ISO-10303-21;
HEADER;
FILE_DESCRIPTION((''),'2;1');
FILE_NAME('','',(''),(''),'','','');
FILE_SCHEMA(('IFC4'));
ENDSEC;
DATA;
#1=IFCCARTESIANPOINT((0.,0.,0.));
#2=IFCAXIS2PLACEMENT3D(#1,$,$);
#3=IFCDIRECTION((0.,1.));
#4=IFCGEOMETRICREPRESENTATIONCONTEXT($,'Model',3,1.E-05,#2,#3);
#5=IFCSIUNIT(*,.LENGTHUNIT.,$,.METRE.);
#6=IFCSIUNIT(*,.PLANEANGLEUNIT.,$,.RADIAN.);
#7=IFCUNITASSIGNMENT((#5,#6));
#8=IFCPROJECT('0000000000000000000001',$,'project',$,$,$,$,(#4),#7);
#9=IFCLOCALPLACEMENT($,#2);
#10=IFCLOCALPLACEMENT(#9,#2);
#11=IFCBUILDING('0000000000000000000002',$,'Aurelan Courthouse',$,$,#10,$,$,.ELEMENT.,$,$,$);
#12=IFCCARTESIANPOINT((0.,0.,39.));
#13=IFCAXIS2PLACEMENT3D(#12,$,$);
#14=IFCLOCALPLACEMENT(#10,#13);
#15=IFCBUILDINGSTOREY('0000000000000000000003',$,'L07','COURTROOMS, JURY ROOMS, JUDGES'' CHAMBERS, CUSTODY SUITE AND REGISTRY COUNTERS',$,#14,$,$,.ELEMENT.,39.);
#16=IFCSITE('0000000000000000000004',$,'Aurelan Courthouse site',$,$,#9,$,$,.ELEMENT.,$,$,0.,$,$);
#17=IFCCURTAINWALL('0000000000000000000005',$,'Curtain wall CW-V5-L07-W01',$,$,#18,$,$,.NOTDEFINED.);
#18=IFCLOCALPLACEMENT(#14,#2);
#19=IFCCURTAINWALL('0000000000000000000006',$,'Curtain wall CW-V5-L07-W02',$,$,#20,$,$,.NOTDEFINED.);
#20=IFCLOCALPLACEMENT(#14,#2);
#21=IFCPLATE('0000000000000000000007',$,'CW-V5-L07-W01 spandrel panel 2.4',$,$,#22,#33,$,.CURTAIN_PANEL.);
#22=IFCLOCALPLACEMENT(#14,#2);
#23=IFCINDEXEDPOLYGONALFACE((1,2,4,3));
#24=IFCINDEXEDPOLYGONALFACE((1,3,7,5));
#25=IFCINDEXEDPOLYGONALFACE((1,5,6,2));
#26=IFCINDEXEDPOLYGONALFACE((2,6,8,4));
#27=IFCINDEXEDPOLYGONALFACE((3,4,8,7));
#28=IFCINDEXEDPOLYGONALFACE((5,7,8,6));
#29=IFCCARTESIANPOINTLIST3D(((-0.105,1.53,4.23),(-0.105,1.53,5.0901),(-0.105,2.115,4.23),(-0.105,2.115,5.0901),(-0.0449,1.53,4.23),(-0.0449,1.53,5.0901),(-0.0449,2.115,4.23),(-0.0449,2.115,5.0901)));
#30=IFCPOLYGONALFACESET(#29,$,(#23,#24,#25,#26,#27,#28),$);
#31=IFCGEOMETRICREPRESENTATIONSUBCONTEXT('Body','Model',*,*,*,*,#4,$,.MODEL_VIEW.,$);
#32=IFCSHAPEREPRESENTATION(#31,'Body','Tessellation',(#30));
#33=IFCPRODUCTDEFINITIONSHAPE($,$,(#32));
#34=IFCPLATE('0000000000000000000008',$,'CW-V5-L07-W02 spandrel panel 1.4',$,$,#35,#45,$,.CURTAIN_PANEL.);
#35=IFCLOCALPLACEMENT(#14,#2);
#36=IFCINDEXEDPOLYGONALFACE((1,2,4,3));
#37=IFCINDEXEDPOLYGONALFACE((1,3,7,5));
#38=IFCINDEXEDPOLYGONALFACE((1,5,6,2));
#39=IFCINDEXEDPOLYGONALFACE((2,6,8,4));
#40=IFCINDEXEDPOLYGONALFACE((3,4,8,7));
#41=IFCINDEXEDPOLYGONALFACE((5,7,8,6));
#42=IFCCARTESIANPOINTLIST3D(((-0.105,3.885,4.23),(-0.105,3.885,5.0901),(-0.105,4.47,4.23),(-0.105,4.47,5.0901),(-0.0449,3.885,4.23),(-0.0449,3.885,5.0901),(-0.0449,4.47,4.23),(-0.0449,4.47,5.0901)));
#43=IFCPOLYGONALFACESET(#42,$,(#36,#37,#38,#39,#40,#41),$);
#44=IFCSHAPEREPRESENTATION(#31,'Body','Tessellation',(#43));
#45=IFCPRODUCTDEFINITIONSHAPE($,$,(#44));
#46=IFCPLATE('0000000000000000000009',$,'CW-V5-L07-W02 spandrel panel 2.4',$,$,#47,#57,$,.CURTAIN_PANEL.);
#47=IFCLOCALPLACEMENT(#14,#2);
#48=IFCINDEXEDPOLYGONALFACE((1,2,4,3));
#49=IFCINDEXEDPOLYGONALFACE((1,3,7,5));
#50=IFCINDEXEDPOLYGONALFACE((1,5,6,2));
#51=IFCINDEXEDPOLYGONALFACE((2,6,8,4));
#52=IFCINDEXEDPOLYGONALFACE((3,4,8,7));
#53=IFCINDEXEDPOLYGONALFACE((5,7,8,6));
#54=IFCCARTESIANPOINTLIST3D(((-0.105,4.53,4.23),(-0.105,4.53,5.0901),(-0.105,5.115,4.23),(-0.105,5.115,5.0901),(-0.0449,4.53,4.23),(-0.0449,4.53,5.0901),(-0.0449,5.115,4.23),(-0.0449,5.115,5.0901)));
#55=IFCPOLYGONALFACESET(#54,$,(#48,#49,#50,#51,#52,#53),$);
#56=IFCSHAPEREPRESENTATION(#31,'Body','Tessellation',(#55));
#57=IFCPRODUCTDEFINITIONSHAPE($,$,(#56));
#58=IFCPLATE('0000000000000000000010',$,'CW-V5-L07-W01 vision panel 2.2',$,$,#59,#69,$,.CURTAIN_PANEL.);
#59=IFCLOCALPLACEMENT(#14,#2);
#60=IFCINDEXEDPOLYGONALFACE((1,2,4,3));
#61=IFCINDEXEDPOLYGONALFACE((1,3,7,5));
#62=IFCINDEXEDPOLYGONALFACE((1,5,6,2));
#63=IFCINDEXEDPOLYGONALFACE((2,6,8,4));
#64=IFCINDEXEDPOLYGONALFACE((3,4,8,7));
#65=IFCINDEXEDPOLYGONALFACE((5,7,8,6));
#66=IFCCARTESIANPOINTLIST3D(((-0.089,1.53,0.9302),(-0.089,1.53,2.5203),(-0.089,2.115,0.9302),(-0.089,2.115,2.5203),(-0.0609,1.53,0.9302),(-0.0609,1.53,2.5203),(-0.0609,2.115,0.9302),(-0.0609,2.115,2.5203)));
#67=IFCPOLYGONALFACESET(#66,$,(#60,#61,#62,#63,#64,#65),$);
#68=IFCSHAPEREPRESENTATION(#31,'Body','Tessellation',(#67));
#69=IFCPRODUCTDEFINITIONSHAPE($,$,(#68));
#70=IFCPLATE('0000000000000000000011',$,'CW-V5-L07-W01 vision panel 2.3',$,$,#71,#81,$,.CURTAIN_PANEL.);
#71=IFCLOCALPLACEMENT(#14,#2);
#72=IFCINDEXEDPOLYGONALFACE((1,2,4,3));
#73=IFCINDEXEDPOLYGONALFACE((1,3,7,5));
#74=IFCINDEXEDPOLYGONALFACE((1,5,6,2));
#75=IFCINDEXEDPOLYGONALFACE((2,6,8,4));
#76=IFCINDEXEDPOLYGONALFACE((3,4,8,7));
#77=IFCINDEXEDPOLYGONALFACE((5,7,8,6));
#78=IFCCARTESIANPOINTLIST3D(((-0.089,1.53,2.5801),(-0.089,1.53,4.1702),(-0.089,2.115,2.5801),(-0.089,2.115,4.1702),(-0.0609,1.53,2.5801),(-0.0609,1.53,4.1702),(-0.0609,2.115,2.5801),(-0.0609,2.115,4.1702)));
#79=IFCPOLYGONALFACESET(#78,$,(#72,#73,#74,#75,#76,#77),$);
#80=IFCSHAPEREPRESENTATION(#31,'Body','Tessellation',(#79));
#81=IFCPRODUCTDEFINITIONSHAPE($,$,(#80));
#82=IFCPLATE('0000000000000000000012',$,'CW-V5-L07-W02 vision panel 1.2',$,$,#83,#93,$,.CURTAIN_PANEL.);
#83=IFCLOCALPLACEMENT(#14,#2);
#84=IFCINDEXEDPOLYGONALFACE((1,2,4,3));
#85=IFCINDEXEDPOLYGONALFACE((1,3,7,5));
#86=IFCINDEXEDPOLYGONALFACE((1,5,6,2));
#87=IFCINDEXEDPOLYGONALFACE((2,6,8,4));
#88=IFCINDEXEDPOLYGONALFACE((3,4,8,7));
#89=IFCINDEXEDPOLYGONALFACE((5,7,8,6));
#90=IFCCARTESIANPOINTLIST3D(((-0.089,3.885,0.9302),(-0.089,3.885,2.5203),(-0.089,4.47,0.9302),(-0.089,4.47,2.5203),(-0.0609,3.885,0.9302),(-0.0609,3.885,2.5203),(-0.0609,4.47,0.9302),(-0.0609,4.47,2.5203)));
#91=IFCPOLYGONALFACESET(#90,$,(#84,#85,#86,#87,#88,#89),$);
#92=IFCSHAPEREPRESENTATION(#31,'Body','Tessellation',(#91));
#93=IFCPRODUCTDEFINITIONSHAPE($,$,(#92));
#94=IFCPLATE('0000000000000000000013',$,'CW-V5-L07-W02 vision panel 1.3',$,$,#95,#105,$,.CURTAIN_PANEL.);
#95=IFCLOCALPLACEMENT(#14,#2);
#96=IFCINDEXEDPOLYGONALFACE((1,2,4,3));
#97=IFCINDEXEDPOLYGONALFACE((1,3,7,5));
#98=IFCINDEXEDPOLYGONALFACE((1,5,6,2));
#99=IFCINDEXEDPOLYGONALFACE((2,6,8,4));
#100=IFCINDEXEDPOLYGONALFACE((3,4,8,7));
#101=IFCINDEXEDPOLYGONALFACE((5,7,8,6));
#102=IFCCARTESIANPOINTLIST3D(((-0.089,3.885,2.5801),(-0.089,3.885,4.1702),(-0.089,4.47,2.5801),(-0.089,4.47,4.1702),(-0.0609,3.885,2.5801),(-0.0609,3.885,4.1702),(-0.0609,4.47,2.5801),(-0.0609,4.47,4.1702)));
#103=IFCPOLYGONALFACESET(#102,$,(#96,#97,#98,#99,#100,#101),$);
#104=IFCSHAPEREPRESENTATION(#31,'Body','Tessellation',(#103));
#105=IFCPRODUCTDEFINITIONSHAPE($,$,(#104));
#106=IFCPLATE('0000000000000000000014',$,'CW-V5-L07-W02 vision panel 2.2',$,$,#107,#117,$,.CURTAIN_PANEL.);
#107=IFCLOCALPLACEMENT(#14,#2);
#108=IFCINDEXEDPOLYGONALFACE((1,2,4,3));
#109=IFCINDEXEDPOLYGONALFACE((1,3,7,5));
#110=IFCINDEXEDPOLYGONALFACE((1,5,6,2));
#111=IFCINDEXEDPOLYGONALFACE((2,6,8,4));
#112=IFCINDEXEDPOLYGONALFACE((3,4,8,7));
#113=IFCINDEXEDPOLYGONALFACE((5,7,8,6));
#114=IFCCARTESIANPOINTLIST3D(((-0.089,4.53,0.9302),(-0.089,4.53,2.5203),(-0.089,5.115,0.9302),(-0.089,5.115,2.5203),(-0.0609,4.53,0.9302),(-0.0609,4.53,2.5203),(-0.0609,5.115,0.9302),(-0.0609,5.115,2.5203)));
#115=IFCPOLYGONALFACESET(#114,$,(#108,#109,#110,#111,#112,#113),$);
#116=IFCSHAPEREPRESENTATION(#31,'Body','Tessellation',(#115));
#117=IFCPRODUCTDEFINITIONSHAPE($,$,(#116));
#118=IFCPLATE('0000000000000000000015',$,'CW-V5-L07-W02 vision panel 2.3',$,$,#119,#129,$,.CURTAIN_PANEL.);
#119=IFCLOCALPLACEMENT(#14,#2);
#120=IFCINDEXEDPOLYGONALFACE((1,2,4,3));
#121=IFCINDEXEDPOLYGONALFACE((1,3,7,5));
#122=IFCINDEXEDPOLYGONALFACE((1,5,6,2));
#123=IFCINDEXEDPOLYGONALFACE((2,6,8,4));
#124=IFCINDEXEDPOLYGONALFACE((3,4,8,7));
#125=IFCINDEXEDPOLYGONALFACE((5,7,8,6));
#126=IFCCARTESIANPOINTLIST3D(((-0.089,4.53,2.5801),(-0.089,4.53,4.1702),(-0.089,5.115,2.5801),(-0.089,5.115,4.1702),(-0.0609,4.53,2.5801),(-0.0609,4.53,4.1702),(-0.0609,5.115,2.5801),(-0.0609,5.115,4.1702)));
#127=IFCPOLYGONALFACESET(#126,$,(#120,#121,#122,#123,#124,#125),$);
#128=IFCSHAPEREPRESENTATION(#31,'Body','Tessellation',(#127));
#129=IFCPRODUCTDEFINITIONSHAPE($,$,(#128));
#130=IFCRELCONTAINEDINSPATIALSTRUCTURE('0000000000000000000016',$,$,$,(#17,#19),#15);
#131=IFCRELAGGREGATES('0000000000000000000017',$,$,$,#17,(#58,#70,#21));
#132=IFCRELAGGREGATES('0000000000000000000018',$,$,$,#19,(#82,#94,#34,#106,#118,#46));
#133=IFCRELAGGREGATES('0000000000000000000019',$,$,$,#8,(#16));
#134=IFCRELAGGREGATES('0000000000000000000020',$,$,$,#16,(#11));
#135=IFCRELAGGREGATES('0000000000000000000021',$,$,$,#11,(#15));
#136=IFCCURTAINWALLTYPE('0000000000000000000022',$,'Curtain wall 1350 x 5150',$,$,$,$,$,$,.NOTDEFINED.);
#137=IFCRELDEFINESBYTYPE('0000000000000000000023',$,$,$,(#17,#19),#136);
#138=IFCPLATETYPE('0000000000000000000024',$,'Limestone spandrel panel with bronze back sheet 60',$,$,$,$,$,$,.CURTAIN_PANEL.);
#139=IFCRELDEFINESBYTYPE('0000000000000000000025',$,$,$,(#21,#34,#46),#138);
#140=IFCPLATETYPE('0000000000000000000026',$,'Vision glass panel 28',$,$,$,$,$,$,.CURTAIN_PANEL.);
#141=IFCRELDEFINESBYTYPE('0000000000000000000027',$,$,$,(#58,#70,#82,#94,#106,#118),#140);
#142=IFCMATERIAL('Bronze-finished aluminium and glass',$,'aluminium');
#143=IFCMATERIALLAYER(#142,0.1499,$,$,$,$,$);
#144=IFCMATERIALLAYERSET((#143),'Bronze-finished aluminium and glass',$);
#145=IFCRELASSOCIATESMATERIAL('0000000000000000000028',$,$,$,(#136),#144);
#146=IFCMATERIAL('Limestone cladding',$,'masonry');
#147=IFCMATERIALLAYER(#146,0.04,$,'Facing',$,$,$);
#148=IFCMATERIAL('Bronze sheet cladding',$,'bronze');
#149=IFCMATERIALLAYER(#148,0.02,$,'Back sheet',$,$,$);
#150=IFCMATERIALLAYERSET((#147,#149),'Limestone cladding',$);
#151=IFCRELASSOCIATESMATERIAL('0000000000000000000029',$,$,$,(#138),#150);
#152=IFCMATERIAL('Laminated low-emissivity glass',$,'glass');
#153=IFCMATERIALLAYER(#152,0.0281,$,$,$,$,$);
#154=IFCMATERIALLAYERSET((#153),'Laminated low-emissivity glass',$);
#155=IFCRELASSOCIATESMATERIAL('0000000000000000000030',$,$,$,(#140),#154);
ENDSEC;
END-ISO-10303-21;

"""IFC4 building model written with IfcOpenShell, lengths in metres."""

from ifc_helpers import new_model, si_unit, direction, frame, origin, origin_2d, place, context, subcontext, project, spatial, rectangle, extrude, material, layer, layer_set, type_object, element, aggregate, save


model = new_model("IFC4")

# Units and contexts
model_context = context("Model", 3, precision=1e-05, world=origin(), true_north=direction((0.0, 1.0)))
body_context = subcontext(model_context, "Body", "Model", "MODEL_VIEW")
ifc_project = project(units=[si_unit("LENGTHUNIT", "METRE"), si_unit("PLANEANGLEUNIT", "RADIAN")], contexts=[model_context])

# Site, building, storey
site_placement = place(None, origin())
site = spatial("IfcSite", under=ifc_project, at=site_placement, Name="Aurelan Courthouse site", CompositionType="ELEMENT", RefElevation=0.0)
building_placement = place(site_placement, origin())
building = spatial("IfcBuilding", under=site, at=building_placement, Name="Aurelan Courthouse", CompositionType="ELEMENT")
storey_placement = place(building_placement, frame((0.0, 0.0, 39.0)))
storey = spatial("IfcBuildingStorey", under=building, at=storey_placement, Name="L07", Description="COURTROOMS, JURY ROOMS, JUDGES' CHAMBERS, CUSTODY SUITE AND REGISTRY COUNTERS", CompositionType="ELEMENT", Elevation=39.0)

# Curtain walls
ifc_material_1 = material(Name="Bronze-finished aluminium and glass", Category="aluminium")
ifc_layer_1 = layer(ifc_material_1, 0.1499)
ifc_layer_set_1 = layer_set([ifc_layer_1], Name="Bronze-finished aluminium and glass")
curtain_wall_type = type_object("IfcCurtainWallType", Name="Curtain wall 1350 x 5150", PredefinedType="NOTDEFINED", material=ifc_layer_set_1)
curtain_wall_1_placement = place(storey_placement, origin())
curtain_wall_1 = element("IfcCurtainWall", 1, at=curtain_wall_1_placement, inside=storey, type_object=curtain_wall_type, Name="Curtain wall CW-V5-L07-W01", PredefinedType="NOTDEFINED")
curtain_wall_2_placement = place(storey_placement, origin())
curtain_wall_2 = element("IfcCurtainWall", 2, at=curtain_wall_2_placement, inside=storey, type_object=curtain_wall_type, Name="Curtain wall CW-V5-L07-W02", PredefinedType="NOTDEFINED")

# Plates
ifc_material_2 = material(Name="Limestone cladding", Category="masonry")
ifc_layer_2 = layer(ifc_material_2, 0.04, Name="Facing")
ifc_material_3 = material(Name="Bronze sheet cladding", Category="bronze")
ifc_layer_3 = layer(ifc_material_3, 0.02, Name="Back sheet")
ifc_layer_set_2 = layer_set([ifc_layer_2, ifc_layer_3], Name="Limestone cladding")
plate_type_1 = type_object("IfcPlateType", Name="Limestone spandrel panel with bronze back sheet 60", PredefinedType="CURTAIN_PANEL", material=ifc_layer_set_2)
plate_1_placement = place(storey_placement, frame((-0.075, 1.8225, 4.23), z_axis=(0.0, 0.0, 1.0), x_axis=(0.0, 1.0, 0.0)))
plate_1 = element("IfcPlate", 3, at=plate_1_placement, type_object=plate_type_1, Name="CW-V5-L07-W01 spandrel panel 2.4", PredefinedType="CURTAIN_PANEL", context=body_context, shape_type="SweptSolid", body=[
    extrude(rectangle(XDim=0.585, YDim=0.0601, at=origin_2d()), origin(), (0.0, 0.0, 1.0), 0.8601),
])
plate_2_placement = place(storey_placement, frame((-0.075, 4.1775, 4.23), z_axis=(0.0, 0.0, 1.0), x_axis=(0.0, 1.0, 0.0)))
plate_2 = element("IfcPlate", 4, at=plate_2_placement, type_object=plate_type_1, Name="CW-V5-L07-W02 spandrel panel 1.4", PredefinedType="CURTAIN_PANEL", context=body_context, shape_type="SweptSolid", body=[
    extrude(rectangle(XDim=0.585, YDim=0.0601, at=origin_2d()), origin(), (0.0, 0.0, 1.0), 0.8601),
])
plate_3_placement = place(storey_placement, frame((-0.075, 4.8225, 4.23), z_axis=(0.0, 0.0, 1.0), x_axis=(0.0, 1.0, 0.0)))
plate_3 = element("IfcPlate", 5, at=plate_3_placement, type_object=plate_type_1, Name="CW-V5-L07-W02 spandrel panel 2.4", PredefinedType="CURTAIN_PANEL", context=body_context, shape_type="SweptSolid", body=[
    extrude(rectangle(XDim=0.585, YDim=0.0601, at=origin_2d()), origin(), (0.0, 0.0, 1.0), 0.8601),
])
ifc_material_4 = material(Name="Laminated low-emissivity glass", Category="glass")
ifc_layer_4 = layer(ifc_material_4, 0.0281)
ifc_layer_set_3 = layer_set([ifc_layer_4], Name="Laminated low-emissivity glass")
plate_type_2 = type_object("IfcPlateType", Name="Vision glass panel 28", PredefinedType="CURTAIN_PANEL", material=ifc_layer_set_3)
plate_4_placement = place(storey_placement, frame((-0.075, 1.8225, 0.9302), z_axis=(0.0, 0.0, 1.0), x_axis=(0.0, 1.0, 0.0)))
plate_4 = element("IfcPlate", 6, at=plate_4_placement, type_object=plate_type_2, Name="CW-V5-L07-W01 vision panel 2.2", PredefinedType="CURTAIN_PANEL", context=body_context, shape_type="SweptSolid", body=[
    extrude(rectangle(XDim=0.585, YDim=0.0281, at=origin_2d()), origin(), (0.0, 0.0, 1.0), 1.5901),
])
plate_5_placement = place(storey_placement, frame((-0.075, 1.8225, 2.5801), z_axis=(0.0, 0.0, 1.0), x_axis=(0.0, 1.0, 0.0)))
plate_5 = element("IfcPlate", 7, at=plate_5_placement, type_object=plate_type_2, Name="CW-V5-L07-W01 vision panel 2.3", PredefinedType="CURTAIN_PANEL", context=body_context, shape_type="SweptSolid", body=[
    extrude(rectangle(XDim=0.585, YDim=0.0281, at=origin_2d()), origin(), (0.0, 0.0, 1.0), 1.5901),
])
aggregate(curtain_wall_1, [plate_4, plate_5, plate_1])
plate_6_placement = place(storey_placement, frame((-0.075, 4.1775, 0.9302), z_axis=(0.0, 0.0, 1.0), x_axis=(0.0, 1.0, 0.0)))
plate_6 = element("IfcPlate", 8, at=plate_6_placement, type_object=plate_type_2, Name="CW-V5-L07-W02 vision panel 1.2", PredefinedType="CURTAIN_PANEL", context=body_context, shape_type="SweptSolid", body=[
    extrude(rectangle(XDim=0.585, YDim=0.0281, at=origin_2d()), origin(), (0.0, 0.0, 1.0), 1.5901),
])
plate_7_placement = place(storey_placement, frame((-0.075, 4.1775, 2.5801), z_axis=(0.0, 0.0, 1.0), x_axis=(0.0, 1.0, 0.0)))
plate_7 = element("IfcPlate", 9, at=plate_7_placement, type_object=plate_type_2, Name="CW-V5-L07-W02 vision panel 1.3", PredefinedType="CURTAIN_PANEL", context=body_context, shape_type="SweptSolid", body=[
    extrude(rectangle(XDim=0.585, YDim=0.0281, at=origin_2d()), origin(), (0.0, 0.0, 1.0), 1.5901),
])
plate_8_placement = place(storey_placement, frame((-0.075, 4.8225, 0.9302), z_axis=(0.0, 0.0, 1.0), x_axis=(0.0, 1.0, 0.0)))
plate_8 = element("IfcPlate", 10, at=plate_8_placement, type_object=plate_type_2, Name="CW-V5-L07-W02 vision panel 2.2", PredefinedType="CURTAIN_PANEL", context=body_context, shape_type="SweptSolid", body=[
    extrude(rectangle(XDim=0.585, YDim=0.0281, at=origin_2d()), origin(), (0.0, 0.0, 1.0), 1.5901),
])
plate_9_placement = place(storey_placement, frame((-0.075, 4.8225, 2.5801), z_axis=(0.0, 0.0, 1.0), x_axis=(0.0, 1.0, 0.0)))
plate_9 = element("IfcPlate", 11, at=plate_9_placement, type_object=plate_type_2, Name="CW-V5-L07-W02 vision panel 2.3", PredefinedType="CURTAIN_PANEL", context=body_context, shape_type="SweptSolid", body=[
    extrude(rectangle(XDim=0.585, YDim=0.0281, at=origin_2d()), origin(), (0.0, 0.0, 1.0), 1.5901),
])
aggregate(curtain_wall_2, [plate_6, plate_7, plate_2, plate_8, plate_9, plate_3])

save(model, "model.ifc")
